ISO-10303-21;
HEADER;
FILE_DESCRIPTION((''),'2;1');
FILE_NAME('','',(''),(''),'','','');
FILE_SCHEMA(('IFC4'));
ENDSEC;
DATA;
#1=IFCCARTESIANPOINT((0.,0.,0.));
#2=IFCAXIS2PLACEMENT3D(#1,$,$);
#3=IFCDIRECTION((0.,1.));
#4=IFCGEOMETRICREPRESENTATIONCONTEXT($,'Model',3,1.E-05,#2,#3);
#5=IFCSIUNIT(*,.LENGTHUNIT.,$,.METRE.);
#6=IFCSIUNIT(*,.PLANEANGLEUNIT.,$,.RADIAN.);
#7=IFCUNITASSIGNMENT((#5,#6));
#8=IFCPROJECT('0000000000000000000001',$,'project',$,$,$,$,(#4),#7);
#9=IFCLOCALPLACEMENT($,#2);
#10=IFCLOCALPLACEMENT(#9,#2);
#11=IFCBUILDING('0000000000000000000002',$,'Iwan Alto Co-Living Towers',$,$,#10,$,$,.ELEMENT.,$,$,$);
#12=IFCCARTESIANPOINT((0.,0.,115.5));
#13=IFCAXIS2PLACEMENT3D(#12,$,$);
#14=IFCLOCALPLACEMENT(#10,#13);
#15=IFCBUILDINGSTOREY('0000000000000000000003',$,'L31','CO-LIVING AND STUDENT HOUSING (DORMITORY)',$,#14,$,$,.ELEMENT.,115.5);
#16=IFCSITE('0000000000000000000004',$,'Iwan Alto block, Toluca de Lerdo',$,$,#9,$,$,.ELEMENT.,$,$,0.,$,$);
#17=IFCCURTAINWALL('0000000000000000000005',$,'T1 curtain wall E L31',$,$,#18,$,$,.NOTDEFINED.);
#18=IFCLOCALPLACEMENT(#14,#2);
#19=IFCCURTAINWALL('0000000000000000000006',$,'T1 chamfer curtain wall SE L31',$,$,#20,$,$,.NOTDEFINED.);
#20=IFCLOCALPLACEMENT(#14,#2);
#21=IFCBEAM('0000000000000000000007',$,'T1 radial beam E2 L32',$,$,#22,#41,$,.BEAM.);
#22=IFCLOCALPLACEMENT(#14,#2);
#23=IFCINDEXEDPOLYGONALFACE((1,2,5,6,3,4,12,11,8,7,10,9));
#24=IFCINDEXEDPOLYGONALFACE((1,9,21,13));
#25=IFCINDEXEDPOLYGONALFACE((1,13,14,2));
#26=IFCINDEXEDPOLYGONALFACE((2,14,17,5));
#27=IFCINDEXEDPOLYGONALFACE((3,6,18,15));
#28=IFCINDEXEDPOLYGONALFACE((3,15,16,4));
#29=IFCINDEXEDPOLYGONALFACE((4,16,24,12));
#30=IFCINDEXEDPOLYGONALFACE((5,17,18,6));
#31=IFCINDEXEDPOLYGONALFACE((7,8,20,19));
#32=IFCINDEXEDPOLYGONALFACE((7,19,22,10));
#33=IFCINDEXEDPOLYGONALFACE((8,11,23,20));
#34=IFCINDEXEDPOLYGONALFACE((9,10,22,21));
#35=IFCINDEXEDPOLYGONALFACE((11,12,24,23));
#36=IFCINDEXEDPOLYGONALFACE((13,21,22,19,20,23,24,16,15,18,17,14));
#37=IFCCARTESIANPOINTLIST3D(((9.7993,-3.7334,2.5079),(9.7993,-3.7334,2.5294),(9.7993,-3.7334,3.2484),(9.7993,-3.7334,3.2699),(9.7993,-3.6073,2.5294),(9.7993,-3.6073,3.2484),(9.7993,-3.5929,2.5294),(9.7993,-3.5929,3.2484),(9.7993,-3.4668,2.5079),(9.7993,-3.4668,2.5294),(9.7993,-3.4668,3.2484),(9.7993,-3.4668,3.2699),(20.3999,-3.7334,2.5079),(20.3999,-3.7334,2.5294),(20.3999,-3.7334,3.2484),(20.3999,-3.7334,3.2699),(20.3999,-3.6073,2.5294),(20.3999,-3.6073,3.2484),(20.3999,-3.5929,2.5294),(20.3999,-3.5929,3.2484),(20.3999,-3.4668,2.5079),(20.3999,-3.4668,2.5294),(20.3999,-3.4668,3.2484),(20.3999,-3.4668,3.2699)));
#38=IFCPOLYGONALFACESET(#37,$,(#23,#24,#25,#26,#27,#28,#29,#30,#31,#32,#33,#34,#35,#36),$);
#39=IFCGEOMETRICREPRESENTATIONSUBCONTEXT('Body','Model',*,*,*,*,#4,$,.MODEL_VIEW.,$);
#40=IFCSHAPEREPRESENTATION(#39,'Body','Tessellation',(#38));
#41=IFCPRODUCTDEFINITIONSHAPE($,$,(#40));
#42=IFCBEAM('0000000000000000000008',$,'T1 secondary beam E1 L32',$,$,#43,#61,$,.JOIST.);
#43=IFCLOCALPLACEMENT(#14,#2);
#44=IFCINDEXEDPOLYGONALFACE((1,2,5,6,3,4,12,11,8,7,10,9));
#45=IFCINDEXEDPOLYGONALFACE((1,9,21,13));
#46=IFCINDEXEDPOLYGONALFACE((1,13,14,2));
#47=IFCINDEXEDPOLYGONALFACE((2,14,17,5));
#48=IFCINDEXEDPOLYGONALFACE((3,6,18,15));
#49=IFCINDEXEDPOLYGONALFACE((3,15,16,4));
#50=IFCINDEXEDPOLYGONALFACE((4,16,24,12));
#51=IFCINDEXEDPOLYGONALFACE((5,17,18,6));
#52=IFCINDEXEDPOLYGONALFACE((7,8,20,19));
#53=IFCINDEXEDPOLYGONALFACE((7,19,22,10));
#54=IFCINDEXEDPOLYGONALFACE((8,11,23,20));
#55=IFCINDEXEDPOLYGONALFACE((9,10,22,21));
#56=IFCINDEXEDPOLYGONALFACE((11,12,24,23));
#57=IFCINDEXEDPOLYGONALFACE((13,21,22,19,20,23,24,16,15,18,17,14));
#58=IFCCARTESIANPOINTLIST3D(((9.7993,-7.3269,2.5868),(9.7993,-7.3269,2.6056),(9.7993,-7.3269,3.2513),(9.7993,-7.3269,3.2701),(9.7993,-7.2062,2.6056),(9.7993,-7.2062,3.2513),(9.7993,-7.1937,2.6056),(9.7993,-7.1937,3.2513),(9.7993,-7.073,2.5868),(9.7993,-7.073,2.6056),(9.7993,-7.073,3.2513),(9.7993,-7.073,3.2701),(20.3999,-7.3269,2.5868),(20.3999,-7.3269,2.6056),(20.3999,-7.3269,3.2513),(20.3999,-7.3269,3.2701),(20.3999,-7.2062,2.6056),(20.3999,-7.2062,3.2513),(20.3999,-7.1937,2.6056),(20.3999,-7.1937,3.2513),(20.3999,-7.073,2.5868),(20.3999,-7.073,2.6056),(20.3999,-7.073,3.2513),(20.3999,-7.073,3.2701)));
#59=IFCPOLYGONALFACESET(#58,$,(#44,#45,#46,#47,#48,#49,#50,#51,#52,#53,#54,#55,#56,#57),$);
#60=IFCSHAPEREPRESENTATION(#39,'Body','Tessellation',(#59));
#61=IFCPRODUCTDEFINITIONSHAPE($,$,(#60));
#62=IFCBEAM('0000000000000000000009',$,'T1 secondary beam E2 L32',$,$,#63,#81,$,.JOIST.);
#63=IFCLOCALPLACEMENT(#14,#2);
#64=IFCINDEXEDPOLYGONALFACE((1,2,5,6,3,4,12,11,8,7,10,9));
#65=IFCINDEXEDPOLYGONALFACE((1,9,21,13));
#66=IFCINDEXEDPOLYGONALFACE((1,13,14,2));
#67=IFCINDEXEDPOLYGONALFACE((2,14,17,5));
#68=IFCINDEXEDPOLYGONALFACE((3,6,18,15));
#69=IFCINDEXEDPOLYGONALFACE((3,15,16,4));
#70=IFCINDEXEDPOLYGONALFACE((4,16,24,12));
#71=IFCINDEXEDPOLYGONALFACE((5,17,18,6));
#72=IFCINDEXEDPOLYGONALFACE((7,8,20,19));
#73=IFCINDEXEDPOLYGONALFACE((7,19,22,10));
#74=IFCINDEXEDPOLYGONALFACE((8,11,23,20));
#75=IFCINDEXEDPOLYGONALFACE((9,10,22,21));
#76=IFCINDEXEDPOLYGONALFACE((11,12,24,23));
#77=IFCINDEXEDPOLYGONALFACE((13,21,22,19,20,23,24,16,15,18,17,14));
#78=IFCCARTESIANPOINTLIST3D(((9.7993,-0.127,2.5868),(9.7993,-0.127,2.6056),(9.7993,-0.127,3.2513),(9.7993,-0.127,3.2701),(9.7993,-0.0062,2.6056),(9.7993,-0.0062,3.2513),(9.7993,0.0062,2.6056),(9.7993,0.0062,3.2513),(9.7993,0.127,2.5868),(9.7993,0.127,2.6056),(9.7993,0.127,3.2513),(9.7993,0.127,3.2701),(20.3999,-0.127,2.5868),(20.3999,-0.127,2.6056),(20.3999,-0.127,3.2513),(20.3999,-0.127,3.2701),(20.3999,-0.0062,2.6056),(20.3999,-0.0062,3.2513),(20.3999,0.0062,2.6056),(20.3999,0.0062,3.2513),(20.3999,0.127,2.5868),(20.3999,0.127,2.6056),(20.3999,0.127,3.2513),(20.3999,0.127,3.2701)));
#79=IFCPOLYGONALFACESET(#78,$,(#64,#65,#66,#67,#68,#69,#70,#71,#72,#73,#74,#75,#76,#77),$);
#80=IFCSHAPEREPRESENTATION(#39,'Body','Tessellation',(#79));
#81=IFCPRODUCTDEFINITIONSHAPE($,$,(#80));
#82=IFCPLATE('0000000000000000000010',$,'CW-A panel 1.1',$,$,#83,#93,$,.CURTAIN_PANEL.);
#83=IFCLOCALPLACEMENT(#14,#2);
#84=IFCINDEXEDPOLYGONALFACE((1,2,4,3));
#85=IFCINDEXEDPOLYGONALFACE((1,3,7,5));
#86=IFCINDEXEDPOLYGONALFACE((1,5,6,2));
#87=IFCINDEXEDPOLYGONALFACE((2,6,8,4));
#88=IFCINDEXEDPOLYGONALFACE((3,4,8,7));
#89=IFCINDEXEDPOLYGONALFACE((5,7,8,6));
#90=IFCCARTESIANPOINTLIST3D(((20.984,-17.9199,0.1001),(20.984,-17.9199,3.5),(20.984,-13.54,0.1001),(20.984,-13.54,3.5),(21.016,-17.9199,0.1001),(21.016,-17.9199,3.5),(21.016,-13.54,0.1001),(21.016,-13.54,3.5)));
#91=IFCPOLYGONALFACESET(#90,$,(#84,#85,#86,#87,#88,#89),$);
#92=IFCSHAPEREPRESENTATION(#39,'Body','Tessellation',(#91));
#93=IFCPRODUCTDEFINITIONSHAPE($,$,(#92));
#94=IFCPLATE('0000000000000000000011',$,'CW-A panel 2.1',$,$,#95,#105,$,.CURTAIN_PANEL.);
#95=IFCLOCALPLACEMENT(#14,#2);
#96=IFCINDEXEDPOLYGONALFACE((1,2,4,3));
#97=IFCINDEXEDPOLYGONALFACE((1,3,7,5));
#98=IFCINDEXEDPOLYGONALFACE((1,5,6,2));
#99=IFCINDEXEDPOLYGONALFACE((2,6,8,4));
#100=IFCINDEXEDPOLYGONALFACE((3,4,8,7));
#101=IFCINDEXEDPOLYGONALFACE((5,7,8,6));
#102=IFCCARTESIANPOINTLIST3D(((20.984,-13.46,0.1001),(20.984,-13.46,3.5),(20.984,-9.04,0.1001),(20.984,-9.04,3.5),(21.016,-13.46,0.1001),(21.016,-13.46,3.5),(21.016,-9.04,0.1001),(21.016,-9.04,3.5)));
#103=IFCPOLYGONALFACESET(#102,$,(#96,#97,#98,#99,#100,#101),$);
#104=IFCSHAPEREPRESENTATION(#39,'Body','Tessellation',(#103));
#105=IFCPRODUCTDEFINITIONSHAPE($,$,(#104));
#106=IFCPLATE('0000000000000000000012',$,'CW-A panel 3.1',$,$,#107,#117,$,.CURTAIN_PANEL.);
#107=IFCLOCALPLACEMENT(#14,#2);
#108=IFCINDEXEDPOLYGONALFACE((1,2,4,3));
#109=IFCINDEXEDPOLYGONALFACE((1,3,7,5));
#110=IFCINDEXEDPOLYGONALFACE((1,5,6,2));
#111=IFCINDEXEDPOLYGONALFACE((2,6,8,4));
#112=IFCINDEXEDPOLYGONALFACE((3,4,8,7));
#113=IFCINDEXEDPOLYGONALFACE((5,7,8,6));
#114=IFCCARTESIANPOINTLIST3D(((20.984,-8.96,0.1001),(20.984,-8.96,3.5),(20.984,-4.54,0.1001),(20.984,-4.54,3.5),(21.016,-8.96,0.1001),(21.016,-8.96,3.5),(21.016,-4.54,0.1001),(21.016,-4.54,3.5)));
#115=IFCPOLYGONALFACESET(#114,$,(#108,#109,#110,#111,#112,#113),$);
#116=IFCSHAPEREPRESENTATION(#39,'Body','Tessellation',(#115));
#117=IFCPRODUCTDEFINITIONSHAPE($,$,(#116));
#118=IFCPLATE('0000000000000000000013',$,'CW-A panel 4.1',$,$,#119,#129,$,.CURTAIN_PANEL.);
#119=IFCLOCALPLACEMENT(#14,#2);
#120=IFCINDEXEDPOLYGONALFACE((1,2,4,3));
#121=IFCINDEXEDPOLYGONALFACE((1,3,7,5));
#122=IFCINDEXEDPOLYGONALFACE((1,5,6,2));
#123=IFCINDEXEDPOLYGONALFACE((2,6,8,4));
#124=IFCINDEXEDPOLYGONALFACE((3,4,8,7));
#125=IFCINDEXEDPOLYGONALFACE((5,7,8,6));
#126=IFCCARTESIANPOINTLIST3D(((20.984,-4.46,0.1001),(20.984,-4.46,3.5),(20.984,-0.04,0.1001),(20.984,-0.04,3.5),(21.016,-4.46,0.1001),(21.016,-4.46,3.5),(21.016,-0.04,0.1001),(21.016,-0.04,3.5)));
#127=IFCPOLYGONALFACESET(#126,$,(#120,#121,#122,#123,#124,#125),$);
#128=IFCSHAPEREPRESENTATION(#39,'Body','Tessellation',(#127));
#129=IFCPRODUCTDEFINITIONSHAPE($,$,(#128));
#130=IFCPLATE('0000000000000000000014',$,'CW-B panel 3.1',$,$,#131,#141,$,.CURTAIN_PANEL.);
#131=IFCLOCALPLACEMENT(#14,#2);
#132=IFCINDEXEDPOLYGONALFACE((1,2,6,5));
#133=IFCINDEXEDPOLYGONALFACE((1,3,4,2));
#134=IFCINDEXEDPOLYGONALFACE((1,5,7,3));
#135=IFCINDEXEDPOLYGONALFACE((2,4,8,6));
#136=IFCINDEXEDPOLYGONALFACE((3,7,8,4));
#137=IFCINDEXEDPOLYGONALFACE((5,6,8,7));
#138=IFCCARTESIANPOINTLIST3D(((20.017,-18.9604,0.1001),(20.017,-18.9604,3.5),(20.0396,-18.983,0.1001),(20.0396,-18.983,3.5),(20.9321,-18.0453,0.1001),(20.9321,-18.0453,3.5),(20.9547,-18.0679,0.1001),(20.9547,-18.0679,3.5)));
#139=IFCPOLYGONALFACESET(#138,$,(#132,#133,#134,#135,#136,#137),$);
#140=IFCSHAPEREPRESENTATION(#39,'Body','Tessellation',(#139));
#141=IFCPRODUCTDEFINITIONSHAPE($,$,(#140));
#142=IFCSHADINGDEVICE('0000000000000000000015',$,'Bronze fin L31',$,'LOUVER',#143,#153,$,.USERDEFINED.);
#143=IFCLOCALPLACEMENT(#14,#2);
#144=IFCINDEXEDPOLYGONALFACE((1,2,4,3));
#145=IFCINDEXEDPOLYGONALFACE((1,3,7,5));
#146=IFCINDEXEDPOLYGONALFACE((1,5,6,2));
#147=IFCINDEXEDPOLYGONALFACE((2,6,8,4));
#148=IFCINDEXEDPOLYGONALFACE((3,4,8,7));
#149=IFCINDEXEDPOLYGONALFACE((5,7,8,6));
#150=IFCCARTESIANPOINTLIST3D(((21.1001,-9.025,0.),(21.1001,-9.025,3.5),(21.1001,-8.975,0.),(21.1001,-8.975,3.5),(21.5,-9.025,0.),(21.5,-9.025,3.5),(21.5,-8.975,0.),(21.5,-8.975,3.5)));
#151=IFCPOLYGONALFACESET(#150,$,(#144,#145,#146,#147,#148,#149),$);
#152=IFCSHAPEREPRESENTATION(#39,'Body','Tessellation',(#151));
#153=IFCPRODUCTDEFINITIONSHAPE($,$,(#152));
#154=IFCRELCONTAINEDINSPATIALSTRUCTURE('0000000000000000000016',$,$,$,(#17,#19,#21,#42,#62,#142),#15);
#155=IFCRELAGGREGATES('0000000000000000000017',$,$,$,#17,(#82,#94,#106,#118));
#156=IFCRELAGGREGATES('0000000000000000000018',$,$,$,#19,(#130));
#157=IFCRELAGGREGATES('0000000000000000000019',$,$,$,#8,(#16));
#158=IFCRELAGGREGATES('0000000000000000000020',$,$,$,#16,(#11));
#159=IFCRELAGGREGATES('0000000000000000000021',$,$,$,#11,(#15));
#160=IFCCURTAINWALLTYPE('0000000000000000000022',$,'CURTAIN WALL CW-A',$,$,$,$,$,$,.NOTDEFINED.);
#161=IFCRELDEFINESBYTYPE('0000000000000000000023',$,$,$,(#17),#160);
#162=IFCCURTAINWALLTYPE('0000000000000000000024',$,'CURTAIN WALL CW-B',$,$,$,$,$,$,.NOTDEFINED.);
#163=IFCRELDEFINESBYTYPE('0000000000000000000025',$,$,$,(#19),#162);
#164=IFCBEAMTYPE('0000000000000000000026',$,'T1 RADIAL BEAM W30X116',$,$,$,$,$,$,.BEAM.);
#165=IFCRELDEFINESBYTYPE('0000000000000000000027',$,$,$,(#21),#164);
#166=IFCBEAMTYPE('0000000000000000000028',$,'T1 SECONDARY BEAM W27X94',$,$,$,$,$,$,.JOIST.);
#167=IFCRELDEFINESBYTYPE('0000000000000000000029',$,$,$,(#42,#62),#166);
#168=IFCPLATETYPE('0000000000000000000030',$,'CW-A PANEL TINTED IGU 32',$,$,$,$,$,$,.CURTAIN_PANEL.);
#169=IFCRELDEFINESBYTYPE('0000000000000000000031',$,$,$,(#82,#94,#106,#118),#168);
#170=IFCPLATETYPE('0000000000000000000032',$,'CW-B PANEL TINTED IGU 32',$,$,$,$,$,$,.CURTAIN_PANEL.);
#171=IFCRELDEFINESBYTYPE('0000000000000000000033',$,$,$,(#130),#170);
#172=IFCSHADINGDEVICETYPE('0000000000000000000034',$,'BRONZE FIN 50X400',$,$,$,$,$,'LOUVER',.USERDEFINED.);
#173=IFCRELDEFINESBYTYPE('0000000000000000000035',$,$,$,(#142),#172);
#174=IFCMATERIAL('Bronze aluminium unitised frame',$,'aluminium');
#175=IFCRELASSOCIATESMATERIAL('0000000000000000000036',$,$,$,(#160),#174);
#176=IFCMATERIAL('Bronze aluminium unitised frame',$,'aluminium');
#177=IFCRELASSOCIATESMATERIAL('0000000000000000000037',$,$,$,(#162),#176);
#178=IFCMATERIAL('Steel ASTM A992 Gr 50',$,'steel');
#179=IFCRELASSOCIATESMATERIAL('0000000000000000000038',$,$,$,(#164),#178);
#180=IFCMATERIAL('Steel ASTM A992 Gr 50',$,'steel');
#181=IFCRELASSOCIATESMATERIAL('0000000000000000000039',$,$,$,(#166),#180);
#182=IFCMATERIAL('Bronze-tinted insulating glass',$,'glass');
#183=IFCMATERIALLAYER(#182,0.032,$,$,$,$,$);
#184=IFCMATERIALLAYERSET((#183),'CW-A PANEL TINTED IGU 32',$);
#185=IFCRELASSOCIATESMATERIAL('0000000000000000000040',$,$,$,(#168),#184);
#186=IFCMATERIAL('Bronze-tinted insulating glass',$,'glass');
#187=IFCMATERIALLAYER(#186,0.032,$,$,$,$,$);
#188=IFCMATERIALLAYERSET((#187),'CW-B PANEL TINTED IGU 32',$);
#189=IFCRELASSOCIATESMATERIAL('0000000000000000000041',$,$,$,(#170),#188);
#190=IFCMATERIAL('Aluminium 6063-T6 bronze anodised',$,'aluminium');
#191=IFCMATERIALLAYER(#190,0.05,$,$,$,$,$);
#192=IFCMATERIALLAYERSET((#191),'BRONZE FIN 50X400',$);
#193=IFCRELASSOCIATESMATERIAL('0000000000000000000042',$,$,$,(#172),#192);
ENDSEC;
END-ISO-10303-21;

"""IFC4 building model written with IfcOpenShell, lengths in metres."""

from ifc_helpers import new_model, si_unit, direction, frame, origin, origin_2d, place, context, subcontext, project, spatial, rectangle, i_section, extrude, material, layer, layer_set, material_profile, profile_set, type_object, element, aggregate, save


model = new_model("IFC4")

# Units and contexts
model_context = context("Model", 3, precision=1e-05, world=origin(), true_north=direction((0.0, 1.0)))
body_context = subcontext(model_context, "Body", "Model", "MODEL_VIEW")
ifc_project = project(units=[si_unit("LENGTHUNIT", "METRE"), si_unit("PLANEANGLEUNIT", "RADIAN")], contexts=[model_context])

# Site, building, storey
site_placement = place(None, origin())
site = spatial("IfcSite", under=ifc_project, at=site_placement, Name="Iwan Alto block, Toluca de Lerdo", CompositionType="ELEMENT", RefElevation=0.0)
building_placement = place(site_placement, origin())
building = spatial("IfcBuilding", under=site, at=building_placement, Name="Iwan Alto Co-Living Towers", CompositionType="ELEMENT")
storey_placement = place(building_placement, frame((0.0, 0.0, 115.5)))
storey = spatial("IfcBuildingStorey", under=building, at=storey_placement, Name="L31", Description="CO-LIVING AND STUDENT HOUSING (DORMITORY)", CompositionType="ELEMENT", Elevation=115.5)

# Curtain wall
ifc_material_1 = material(Name="Bronze aluminium unitised frame", Category="aluminium")
curtain_wall_type_1 = type_object("IfcCurtainWallType", Name="CURTAIN WALL CW-A", PredefinedType="NOTDEFINED", material=ifc_material_1)
curtain_wall_1_placement = place(storey_placement, origin())
curtain_wall_1 = element("IfcCurtainWall", 1, at=curtain_wall_1_placement, inside=storey, type_object=curtain_wall_type_1, Name="T1 curtain wall E L31", PredefinedType="NOTDEFINED")

# Curtain wall
ifc_material_2 = material(Name="Bronze aluminium unitised frame", Category="aluminium")
curtain_wall_type_2 = type_object("IfcCurtainWallType", Name="CURTAIN WALL CW-B", PredefinedType="NOTDEFINED", material=ifc_material_2)
curtain_wall_2_placement = place(storey_placement, origin())
curtain_wall_2 = element("IfcCurtainWall", 2, at=curtain_wall_2_placement, inside=storey, type_object=curtain_wall_type_2, Name="T1 chamfer curtain wall SE L31", PredefinedType="NOTDEFINED")

# Beams
ifc_material_3 = material(Name="Steel ASTM A992 Gr 50", Category="steel")
ifc_material_profile_1 = material_profile(ifc_material_3, i_section(OverallWidth=0.2666, OverallDepth=0.762, WebThickness=0.0144, FlangeThickness=0.0215, at=origin_2d()), Name="W30X116")
ifc_profile_set_1 = profile_set([ifc_material_profile_1], Name="Steel ASTM A992 Gr 50")
beam_type_1 = type_object("IfcBeamType", Name="T1 RADIAL BEAM W30X116", PredefinedType="BEAM", material=ifc_profile_set_1)
beam_1_placement = place(storey_placement, frame((20.3999, -3.6001, 2.8889), z_axis=(-1.0, 0.0, 0.0), x_axis=(0.0, -1.0, 0.0)))
element("IfcBeam", 3, at=beam_1_placement, inside=storey, type_object=beam_type_1, Name="T1 radial beam E2 L32", PredefinedType="BEAM", context=body_context, shape_type="SweptSolid", body=[
    extrude(i_section(OverallWidth=0.2666, OverallDepth=0.762, WebThickness=0.0144, FlangeThickness=0.0215, at=origin_2d()), origin(), (0.0, 0.0, 1.0), 10.6006),
])
ifc_material_4 = material(Name="Steel ASTM A992 Gr 50", Category="steel")
ifc_material_profile_2 = material_profile(ifc_material_4, i_section(OverallWidth=0.2539, OverallDepth=0.6833, WebThickness=0.0125, FlangeThickness=0.0188, at=origin_2d()), Name="W27X94")
ifc_profile_set_2 = profile_set([ifc_material_profile_2], Name="Steel ASTM A992 Gr 50")
beam_type_2 = type_object("IfcBeamType", Name="T1 SECONDARY BEAM W27X94", PredefinedType="JOIST", material=ifc_profile_set_2)
for number, where, z_axis, x_axis, name in (
    (4, (20.3999, -7.2, 2.9285), (-1.0, 0.0, 0.0), (0.0, -1.0, 0.0), "T1 secondary beam E1 L32"),
    (5, (20.3999, 0.0, 2.9285), (-1.0, 0.0, 0.0), (0.0, -1.0, 0.0), "T1 secondary beam E2 L32"),
):
    element("IfcBeam", number, at=place(storey_placement, frame(where, z_axis=z_axis, x_axis=x_axis)), inside=storey, type_object=beam_type_2, Name=name, PredefinedType="JOIST", context=body_context, shape_type="SweptSolid", body=[
        extrude(i_section(OverallWidth=0.2539, OverallDepth=0.6833, WebThickness=0.0125, FlangeThickness=0.0188, at=origin_2d()), origin(), (0.0, 0.0, 1.0), 10.6006),
    ])

# Plates
ifc_material_5 = material(Name="Bronze-tinted insulating glass", Category="glass")
ifc_layer_1 = layer(ifc_material_5, 0.032)
ifc_layer_set_1 = layer_set([ifc_layer_1], Name="CW-A PANEL TINTED IGU 32")
plate_type_1 = type_object("IfcPlateType", Name="CW-A PANEL TINTED IGU 32", PredefinedType="CURTAIN_PANEL", material=ifc_layer_set_1)
plate_1_placement = place(storey_placement, frame((21.0, -15.73, 0.1001), z_axis=(0.0, 0.0, 1.0), x_axis=(0.0, 1.0, 0.0)))
plate_1 = element("IfcPlate", 6, at=plate_1_placement, type_object=plate_type_1, Name="CW-A panel 1.1", PredefinedType="CURTAIN_PANEL", context=body_context, shape_type="SweptSolid", body=[
    extrude(rectangle(XDim=4.3799, YDim=0.032, at=origin_2d()), origin(), (0.0, 0.0, 1.0), 3.3999),
])
plate_2_placement = place(storey_placement, frame((21.0, -11.25, 0.1001), z_axis=(0.0, 0.0, 1.0), x_axis=(0.0, 1.0, 0.0)))
plate_2 = element("IfcPlate", 7, at=plate_2_placement, type_object=plate_type_1, Name="CW-A panel 2.1", PredefinedType="CURTAIN_PANEL", context=body_context, shape_type="SweptSolid", body=[
    extrude(rectangle(XDim=4.4199, YDim=0.032, at=origin_2d()), origin(), (0.0, 0.0, 1.0), 3.3999),
])
plate_3_placement = place(storey_placement, frame((21.0, -6.75, 0.1001), z_axis=(0.0, 0.0, 1.0), x_axis=(0.0, 1.0, 0.0)))
plate_3 = element("IfcPlate", 8, at=plate_3_placement, type_object=plate_type_1, Name="CW-A panel 3.1", PredefinedType="CURTAIN_PANEL", context=body_context, shape_type="SweptSolid", body=[
    extrude(rectangle(XDim=4.4199, YDim=0.032, at=origin_2d()), origin(), (0.0, 0.0, 1.0), 3.3999),
])
plate_4_placement = place(storey_placement, frame((21.0, -2.25, 0.1001), z_axis=(0.0, 0.0, 1.0), x_axis=(0.0, 1.0, 0.0)))
plate_4 = element("IfcPlate", 9, at=plate_4_placement, type_object=plate_type_1, Name="CW-A panel 4.1", PredefinedType="CURTAIN_PANEL", context=body_context, shape_type="SweptSolid", body=[
    extrude(rectangle(XDim=4.4199, YDim=0.032, at=origin_2d()), origin(), (0.0, 0.0, 1.0), 3.3999),
])
aggregate(curtain_wall_1, [plate_1, plate_2, plate_3, plate_4])
ifc_material_6 = material(Name="Bronze-tinted insulating glass", Category="glass")
ifc_layer_2 = layer(ifc_material_6, 0.032)
ifc_layer_set_2 = layer_set([ifc_layer_2], Name="CW-B PANEL TINTED IGU 32")
plate_type_2 = type_object("IfcPlateType", Name="CW-B PANEL TINTED IGU 32", PredefinedType="CURTAIN_PANEL", material=ifc_layer_set_2)
plate_5_placement = place(storey_placement, frame((20.4858, -18.5142, 0.1001), z_axis=(0.0, 0.0, 1.0), x_axis=(0.707107, 0.707107, 0.0)))
plate_5 = element("IfcPlate", 10, at=plate_5_placement, type_object=plate_type_2, Name="CW-B panel 3.1", PredefinedType="CURTAIN_PANEL", context=body_context, shape_type="SweptSolid", body=[
    extrude(rectangle(XDim=1.2942, YDim=0.032, at=origin_2d()), origin(), (0.0, 0.0, 1.0), 3.3999),
])
aggregate(curtain_wall_2, [plate_5])

# Shading device
ifc_material_7 = material(Name="Aluminium 6063-T6 bronze anodised", Category="aluminium")
ifc_layer_3 = layer(ifc_material_7, 0.05)
ifc_layer_set_3 = layer_set([ifc_layer_3], Name="BRONZE FIN 50X400")
shading_device_type = type_object("IfcShadingDeviceType", Name="BRONZE FIN 50X400", ElementType="LOUVER", PredefinedType="USERDEFINED", material=ifc_layer_set_3)
shading_device_placement = place(storey_placement, frame((21.3, -9.0, 0.0), z_axis=(0.0, 0.0, 1.0), x_axis=(0.0, 1.0, 0.0)))
element("IfcShadingDevice", 11, at=shading_device_placement, inside=storey, type_object=shading_device_type, Name="Bronze fin L31", ObjectType="LOUVER", PredefinedType="USERDEFINED", context=body_context, shape_type="SweptSolid", body=[
    extrude(rectangle(XDim=0.05, YDim=0.3999, at=origin_2d()), origin(), (0.0, 0.0, 1.0), 3.5),
])

save(model, "model.ifc")
